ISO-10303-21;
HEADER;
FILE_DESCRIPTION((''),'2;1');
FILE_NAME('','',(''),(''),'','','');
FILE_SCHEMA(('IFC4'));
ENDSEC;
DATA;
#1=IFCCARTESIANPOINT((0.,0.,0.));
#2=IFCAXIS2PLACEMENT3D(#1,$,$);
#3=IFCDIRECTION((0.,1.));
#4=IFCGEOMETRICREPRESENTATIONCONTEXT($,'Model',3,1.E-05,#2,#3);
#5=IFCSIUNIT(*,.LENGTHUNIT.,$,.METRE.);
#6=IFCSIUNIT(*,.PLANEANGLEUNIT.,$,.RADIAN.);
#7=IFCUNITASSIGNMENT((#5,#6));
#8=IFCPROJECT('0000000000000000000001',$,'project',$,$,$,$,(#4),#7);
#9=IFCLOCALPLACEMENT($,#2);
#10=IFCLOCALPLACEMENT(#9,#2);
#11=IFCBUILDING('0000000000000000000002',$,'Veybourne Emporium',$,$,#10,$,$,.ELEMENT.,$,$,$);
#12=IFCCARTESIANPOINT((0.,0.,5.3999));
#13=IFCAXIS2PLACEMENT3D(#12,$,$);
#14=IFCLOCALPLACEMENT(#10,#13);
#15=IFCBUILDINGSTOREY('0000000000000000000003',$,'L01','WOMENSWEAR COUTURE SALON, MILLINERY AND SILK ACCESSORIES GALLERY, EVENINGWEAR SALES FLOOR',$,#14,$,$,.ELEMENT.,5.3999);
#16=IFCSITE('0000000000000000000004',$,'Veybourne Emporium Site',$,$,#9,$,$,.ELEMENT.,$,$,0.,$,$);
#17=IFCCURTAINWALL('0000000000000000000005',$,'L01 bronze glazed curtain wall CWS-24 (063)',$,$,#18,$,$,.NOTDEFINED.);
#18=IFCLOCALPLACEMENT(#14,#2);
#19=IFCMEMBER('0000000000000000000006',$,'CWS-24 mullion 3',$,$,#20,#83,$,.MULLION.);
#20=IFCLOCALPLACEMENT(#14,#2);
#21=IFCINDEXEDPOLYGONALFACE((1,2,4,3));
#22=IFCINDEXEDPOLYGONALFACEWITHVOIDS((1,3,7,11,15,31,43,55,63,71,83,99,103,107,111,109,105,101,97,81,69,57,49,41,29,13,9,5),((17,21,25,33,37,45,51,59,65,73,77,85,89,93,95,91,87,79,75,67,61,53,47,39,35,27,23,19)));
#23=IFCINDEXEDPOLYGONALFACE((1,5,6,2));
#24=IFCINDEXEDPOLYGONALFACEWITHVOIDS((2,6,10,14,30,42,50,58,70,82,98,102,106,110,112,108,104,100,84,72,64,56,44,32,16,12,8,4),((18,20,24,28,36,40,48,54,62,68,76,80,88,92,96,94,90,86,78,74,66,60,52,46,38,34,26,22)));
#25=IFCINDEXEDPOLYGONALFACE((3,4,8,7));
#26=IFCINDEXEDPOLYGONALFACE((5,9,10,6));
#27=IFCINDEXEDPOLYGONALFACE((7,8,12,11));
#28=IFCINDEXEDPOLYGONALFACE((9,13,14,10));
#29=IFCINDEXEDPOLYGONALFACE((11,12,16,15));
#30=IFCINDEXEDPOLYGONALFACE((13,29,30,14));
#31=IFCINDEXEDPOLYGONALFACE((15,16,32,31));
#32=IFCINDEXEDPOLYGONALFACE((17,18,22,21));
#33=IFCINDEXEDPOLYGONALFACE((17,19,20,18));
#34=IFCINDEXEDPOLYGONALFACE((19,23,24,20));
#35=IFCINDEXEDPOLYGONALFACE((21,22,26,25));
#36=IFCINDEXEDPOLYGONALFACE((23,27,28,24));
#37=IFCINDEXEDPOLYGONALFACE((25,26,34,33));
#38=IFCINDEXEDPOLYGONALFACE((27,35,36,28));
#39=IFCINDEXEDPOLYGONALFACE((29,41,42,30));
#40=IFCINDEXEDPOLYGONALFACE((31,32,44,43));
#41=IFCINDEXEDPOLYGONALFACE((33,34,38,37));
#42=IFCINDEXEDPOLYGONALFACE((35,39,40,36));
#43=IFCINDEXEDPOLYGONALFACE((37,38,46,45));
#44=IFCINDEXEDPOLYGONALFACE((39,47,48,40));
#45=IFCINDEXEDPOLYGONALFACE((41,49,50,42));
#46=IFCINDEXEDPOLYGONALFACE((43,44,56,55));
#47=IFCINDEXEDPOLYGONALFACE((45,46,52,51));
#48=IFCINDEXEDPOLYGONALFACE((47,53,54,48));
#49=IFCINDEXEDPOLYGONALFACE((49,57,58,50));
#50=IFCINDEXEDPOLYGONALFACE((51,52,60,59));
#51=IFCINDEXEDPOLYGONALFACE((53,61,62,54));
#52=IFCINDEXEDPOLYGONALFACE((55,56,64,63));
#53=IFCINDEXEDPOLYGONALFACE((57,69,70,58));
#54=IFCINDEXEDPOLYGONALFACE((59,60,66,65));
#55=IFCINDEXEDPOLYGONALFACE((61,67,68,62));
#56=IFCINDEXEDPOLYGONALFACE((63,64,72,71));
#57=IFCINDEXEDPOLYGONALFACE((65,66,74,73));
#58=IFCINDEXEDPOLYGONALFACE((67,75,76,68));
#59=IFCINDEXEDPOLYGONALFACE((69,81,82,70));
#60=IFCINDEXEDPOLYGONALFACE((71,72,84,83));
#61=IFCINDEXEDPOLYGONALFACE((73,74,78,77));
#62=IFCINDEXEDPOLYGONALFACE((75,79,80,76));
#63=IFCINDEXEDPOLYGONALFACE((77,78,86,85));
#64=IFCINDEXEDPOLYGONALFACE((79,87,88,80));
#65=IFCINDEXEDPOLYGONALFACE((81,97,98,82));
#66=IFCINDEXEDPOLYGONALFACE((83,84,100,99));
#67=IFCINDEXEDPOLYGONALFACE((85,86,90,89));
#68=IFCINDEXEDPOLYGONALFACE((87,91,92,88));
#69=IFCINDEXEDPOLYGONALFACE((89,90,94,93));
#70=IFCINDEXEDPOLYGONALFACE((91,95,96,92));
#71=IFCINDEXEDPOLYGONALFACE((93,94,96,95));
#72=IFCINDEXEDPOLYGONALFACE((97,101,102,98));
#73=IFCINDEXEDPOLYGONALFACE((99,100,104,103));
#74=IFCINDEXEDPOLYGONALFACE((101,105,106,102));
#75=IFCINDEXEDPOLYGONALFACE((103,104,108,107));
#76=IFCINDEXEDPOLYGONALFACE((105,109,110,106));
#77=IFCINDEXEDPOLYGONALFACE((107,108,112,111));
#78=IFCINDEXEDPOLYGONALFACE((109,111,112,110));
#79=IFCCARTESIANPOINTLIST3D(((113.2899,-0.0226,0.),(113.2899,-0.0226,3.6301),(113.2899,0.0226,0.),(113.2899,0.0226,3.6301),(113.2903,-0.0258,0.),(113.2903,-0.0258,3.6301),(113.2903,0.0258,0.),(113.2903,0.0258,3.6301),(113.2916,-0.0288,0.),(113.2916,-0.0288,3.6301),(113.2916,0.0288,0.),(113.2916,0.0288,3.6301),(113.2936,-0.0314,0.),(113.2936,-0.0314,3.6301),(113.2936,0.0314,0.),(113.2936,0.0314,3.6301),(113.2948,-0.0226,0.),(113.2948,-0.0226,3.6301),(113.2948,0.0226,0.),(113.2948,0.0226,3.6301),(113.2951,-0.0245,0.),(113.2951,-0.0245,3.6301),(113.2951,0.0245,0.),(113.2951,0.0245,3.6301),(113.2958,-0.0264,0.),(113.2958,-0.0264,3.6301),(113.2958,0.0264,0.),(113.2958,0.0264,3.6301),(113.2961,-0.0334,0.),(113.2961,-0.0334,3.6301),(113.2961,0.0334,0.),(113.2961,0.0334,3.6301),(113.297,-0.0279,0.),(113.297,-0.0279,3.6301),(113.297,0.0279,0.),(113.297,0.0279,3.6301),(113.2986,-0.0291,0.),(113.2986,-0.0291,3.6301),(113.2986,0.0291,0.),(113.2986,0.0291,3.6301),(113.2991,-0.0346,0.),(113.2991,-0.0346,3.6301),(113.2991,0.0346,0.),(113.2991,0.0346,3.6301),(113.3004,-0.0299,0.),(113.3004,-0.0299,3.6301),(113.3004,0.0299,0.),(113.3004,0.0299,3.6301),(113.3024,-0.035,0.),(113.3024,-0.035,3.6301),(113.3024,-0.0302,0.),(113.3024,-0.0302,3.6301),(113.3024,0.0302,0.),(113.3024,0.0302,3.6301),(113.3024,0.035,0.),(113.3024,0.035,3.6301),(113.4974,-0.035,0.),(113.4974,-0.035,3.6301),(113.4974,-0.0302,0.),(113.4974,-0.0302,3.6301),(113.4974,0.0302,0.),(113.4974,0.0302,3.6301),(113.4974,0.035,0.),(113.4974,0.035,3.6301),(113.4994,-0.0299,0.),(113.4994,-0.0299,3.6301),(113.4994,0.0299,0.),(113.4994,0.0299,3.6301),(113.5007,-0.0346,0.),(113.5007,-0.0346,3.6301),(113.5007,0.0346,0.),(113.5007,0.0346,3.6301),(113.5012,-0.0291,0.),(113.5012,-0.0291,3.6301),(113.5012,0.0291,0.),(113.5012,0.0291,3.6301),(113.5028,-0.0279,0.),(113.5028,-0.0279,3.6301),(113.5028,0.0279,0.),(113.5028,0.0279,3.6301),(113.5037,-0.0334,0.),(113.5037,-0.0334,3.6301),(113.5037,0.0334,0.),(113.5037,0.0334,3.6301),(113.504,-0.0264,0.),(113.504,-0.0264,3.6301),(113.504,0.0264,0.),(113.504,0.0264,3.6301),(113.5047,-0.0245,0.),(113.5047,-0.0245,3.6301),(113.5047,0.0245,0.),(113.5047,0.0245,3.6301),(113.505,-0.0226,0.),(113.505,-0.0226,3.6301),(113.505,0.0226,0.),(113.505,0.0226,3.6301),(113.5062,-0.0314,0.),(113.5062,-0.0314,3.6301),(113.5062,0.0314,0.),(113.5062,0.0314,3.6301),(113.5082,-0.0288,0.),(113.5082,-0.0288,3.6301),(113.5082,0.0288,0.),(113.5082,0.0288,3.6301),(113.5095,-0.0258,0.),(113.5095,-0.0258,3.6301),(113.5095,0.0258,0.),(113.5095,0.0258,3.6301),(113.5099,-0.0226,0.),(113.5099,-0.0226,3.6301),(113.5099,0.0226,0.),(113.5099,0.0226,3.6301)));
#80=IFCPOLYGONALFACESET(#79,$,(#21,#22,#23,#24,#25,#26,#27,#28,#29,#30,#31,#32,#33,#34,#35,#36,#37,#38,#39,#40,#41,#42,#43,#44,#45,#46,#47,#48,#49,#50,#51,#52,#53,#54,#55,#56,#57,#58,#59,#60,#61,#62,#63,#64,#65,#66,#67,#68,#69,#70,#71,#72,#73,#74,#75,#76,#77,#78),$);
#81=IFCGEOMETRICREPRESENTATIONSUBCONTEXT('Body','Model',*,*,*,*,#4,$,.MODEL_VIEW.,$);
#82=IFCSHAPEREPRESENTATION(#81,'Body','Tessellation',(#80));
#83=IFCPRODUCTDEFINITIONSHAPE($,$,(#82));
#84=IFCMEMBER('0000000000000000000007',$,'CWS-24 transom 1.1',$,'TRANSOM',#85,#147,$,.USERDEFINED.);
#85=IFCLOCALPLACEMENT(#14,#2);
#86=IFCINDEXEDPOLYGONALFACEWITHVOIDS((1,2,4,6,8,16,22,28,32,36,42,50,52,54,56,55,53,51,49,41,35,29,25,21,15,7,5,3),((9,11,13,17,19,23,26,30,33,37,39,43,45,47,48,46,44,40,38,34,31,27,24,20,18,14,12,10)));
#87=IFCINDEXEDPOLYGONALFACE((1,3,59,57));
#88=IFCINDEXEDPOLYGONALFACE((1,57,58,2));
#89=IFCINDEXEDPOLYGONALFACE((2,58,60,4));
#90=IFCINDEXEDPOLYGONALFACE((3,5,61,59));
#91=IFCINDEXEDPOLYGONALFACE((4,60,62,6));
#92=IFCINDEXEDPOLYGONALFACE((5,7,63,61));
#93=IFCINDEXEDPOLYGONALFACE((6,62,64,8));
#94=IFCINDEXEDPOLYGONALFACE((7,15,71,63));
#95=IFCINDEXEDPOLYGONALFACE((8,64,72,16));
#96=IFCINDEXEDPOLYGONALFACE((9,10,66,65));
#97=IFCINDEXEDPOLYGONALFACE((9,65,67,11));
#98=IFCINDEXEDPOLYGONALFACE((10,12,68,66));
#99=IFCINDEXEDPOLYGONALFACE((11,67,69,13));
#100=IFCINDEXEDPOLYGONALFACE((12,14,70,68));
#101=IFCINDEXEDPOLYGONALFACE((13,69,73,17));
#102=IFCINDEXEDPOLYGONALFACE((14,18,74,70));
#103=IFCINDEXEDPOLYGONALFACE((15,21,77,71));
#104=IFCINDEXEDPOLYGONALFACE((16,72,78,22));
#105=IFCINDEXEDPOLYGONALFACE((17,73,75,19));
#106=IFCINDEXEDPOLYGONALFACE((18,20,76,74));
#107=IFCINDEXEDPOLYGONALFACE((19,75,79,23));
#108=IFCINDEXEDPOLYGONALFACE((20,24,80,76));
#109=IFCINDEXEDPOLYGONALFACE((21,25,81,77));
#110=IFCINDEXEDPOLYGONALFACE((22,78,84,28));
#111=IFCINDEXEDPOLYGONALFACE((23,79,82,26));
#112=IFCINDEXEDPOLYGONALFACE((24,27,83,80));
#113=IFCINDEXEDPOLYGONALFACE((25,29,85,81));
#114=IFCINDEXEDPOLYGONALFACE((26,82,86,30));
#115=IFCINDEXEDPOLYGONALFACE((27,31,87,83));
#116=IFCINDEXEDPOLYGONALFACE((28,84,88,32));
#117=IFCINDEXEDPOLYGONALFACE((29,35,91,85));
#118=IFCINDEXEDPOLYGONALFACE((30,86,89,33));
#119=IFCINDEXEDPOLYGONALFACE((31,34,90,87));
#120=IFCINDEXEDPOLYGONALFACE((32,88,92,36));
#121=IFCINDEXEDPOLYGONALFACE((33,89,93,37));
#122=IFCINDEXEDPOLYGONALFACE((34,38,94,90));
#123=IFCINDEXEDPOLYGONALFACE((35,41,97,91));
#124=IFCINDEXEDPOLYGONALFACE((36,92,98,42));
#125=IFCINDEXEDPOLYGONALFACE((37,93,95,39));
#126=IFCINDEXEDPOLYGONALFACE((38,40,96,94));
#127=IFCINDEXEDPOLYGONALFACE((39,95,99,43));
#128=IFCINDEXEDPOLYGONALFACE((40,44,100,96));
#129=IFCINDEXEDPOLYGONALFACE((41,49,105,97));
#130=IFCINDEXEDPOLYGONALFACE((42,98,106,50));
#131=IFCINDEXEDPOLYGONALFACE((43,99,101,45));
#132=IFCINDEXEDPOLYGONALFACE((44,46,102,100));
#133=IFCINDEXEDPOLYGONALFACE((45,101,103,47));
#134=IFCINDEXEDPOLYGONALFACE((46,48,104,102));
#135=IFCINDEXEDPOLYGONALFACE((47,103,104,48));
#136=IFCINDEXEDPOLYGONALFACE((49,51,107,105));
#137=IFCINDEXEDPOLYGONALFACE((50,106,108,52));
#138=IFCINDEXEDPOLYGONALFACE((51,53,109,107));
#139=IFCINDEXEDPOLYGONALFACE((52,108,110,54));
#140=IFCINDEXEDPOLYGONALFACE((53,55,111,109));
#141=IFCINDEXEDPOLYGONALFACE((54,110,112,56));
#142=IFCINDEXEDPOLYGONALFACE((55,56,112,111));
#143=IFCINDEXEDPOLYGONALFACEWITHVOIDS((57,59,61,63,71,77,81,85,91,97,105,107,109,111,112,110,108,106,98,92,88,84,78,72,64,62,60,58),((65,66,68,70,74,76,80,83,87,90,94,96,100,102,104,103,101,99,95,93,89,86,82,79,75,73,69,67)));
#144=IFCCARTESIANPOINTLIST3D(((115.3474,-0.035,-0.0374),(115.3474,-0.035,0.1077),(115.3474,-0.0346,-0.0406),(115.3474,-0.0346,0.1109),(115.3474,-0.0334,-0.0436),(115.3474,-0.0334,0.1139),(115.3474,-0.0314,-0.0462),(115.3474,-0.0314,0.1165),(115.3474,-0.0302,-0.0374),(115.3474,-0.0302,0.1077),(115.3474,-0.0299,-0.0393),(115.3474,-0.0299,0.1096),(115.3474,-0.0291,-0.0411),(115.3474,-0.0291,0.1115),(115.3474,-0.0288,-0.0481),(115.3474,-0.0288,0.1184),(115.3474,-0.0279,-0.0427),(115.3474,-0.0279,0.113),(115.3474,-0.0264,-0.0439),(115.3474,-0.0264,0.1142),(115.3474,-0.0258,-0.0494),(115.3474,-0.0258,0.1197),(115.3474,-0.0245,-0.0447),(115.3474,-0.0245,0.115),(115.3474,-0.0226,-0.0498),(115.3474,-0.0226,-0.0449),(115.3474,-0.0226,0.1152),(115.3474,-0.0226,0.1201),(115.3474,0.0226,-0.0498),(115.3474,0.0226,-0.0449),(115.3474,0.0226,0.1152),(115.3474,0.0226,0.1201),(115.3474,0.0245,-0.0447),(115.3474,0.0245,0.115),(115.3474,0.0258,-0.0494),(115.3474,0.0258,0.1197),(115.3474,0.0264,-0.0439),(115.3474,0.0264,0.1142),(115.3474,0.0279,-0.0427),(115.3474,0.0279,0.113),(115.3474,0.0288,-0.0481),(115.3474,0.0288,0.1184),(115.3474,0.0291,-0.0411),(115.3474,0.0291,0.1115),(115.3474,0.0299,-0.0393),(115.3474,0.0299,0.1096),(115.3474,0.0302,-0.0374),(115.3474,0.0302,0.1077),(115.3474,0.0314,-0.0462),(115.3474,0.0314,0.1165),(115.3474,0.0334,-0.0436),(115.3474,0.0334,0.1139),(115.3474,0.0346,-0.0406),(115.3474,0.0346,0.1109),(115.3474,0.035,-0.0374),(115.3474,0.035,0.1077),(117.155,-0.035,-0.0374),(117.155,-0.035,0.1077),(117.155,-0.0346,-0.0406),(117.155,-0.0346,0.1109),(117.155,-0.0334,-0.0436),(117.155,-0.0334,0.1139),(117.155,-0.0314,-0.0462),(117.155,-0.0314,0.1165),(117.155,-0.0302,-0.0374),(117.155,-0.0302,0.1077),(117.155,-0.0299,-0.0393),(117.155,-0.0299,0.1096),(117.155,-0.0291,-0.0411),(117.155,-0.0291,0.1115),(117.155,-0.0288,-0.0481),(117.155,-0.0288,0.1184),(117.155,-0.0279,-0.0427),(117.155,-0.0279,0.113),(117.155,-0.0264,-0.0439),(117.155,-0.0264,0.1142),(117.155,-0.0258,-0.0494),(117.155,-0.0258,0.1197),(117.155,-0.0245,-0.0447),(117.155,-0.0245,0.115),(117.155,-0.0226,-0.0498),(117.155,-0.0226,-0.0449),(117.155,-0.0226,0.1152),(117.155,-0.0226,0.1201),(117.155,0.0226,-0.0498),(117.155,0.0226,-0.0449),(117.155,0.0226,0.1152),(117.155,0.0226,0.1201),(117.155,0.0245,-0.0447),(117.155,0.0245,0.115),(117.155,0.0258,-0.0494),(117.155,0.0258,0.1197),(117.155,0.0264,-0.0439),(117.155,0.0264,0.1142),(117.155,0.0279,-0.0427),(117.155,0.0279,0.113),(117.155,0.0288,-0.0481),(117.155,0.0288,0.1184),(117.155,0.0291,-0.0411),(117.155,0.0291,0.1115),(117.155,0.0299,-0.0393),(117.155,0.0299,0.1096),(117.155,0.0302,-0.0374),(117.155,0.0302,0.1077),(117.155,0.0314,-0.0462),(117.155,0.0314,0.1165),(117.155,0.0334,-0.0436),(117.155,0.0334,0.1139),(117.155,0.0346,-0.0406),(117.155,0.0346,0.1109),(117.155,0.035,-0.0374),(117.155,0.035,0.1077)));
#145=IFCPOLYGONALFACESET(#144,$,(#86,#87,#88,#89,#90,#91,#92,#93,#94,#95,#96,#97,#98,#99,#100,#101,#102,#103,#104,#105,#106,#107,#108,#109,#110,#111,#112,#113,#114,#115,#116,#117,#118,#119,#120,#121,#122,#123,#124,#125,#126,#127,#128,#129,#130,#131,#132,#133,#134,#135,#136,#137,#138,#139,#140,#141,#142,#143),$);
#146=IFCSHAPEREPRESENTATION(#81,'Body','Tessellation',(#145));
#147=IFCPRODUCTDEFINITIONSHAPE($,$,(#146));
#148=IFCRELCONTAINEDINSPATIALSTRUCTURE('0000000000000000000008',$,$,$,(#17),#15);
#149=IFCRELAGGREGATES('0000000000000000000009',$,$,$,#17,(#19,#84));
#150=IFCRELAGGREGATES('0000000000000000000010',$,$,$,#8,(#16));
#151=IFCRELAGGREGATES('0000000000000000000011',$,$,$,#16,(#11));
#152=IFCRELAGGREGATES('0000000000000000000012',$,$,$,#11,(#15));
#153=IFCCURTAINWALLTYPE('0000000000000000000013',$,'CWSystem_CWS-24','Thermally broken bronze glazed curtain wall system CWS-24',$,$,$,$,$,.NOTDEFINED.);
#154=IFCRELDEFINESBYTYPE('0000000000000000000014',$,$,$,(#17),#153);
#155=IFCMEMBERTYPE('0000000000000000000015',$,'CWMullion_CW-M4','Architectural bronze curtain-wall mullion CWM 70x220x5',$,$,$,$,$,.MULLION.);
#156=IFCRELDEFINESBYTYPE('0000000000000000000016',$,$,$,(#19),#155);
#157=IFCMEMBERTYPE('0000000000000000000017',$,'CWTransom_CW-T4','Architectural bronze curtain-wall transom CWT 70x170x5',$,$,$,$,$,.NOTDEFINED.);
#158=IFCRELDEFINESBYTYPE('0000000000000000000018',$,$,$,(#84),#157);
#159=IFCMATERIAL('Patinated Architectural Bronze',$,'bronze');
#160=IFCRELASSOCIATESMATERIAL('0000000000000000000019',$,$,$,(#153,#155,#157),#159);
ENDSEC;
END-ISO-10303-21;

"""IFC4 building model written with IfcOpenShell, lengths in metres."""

from ifc_helpers import new_model, si_unit, direction, frame, origin, origin_2d, place, context, subcontext, project, spatial, hollow_rectangle, extrude, material, material_profile, profile_set, type_object, element, aggregate, save


model = new_model("IFC4")

# Units and contexts
model_context = context("Model", 3, precision=1e-05, world=origin(), true_north=direction((0.0, 1.0)))
body_context = subcontext(model_context, "Body", "Model", "MODEL_VIEW")
ifc_project = project(units=[si_unit("LENGTHUNIT", "METRE"), si_unit("PLANEANGLEUNIT", "RADIAN")], contexts=[model_context])

# Site, building, storey
site_placement = place(None, origin())
site = spatial("IfcSite", under=ifc_project, at=site_placement, Name="Veybourne Emporium Site", CompositionType="ELEMENT", RefElevation=0.0)
building_placement = place(site_placement, origin())
building = spatial("IfcBuilding", under=site, at=building_placement, Name="Veybourne Emporium", CompositionType="ELEMENT")
storey_placement = place(building_placement, frame((0.0, 0.0, 5.3999)))
storey = spatial("IfcBuildingStorey", under=building, at=storey_placement, Name="L01", Description="WOMENSWEAR COUTURE SALON, MILLINERY AND SILK ACCESSORIES GALLERY, EVENINGWEAR SALES FLOOR", CompositionType="ELEMENT", Elevation=5.3999)

# Curtain wall, members
ifc_material_1 = material(Name="Patinated Architectural Bronze", Category="bronze")
curtain_wall_type = type_object("IfcCurtainWallType", Name="CWSystem_CWS-24", Description="Thermally broken bronze glazed curtain wall system CWS-24", PredefinedType="NOTDEFINED", material=ifc_material_1)
curtain_wall_placement = place(storey_placement, origin())
curtain_wall = element("IfcCurtainWall", 1, at=curtain_wall_placement, inside=storey, type_object=curtain_wall_type, Name="L01 bronze glazed curtain wall CWS-24 (063)", PredefinedType="NOTDEFINED")
ifc_material_profile_1 = material_profile(ifc_material_1, hollow_rectangle(XDim=0.0701, YDim=0.22, WallThickness=0.0049, InnerFilletRadius=0.0076, OuterFilletRadius=0.0125, at=origin_2d()), Name="CWM 70x220x5")
ifc_profile_set_1 = profile_set([ifc_material_profile_1], Name="Patinated Architectural Bronze")
member_type_1 = type_object("IfcMemberType", Name="CWMullion_CW-M4", Description="Architectural bronze curtain-wall mullion CWM 70x220x5", PredefinedType="MULLION", material=ifc_profile_set_1)
member_1_placement = place(storey_placement, frame((113.3999, 0.0, 0.0), z_axis=(0.0, 0.0, 1.0), x_axis=(0.0, -1.0, 0.0)))
member_1 = element("IfcMember", 2, at=member_1_placement, type_object=member_type_1, Name="CWS-24 mullion 3", PredefinedType="MULLION", context=body_context, shape_type="SweptSolid", body=[
    extrude(hollow_rectangle(XDim=0.0701, YDim=0.22, WallThickness=0.0049, InnerFilletRadius=0.0076, OuterFilletRadius=0.0125, at=origin_2d()), origin(), (0.0, 0.0, 1.0), 3.6301),
])
ifc_material_profile_2 = material_profile(ifc_material_1, hollow_rectangle(XDim=0.0701, YDim=0.1699, WallThickness=0.0049, InnerFilletRadius=0.0076, OuterFilletRadius=0.0125, at=origin_2d()), Name="CWT 70x170x5")
ifc_profile_set_2 = profile_set([ifc_material_profile_2], Name="Patinated Architectural Bronze")
member_type_2 = type_object("IfcMemberType", Name="CWTransom_CW-T4", Description="Architectural bronze curtain-wall transom CWT 70x170x5", PredefinedType="NOTDEFINED", material=ifc_profile_set_2)
member_2_placement = place(storey_placement, frame((117.155, 0.0, 0.0352), z_axis=(-1.0, 0.0, 0.0), x_axis=(0.0, -1.0, 0.0)))
member_2 = element("IfcMember", 3, at=member_2_placement, type_object=member_type_2, Name="CWS-24 transom 1.1", ObjectType="TRANSOM", PredefinedType="USERDEFINED", context=body_context, shape_type="SweptSolid", body=[
    extrude(hollow_rectangle(XDim=0.0701, YDim=0.1699, WallThickness=0.0049, InnerFilletRadius=0.0076, OuterFilletRadius=0.0125, at=origin_2d()), origin(), (0.0, 0.0, 1.0), 1.8076),
])

aggregate(curtain_wall, [member_1, member_2])

save(model, "model.ifc")
